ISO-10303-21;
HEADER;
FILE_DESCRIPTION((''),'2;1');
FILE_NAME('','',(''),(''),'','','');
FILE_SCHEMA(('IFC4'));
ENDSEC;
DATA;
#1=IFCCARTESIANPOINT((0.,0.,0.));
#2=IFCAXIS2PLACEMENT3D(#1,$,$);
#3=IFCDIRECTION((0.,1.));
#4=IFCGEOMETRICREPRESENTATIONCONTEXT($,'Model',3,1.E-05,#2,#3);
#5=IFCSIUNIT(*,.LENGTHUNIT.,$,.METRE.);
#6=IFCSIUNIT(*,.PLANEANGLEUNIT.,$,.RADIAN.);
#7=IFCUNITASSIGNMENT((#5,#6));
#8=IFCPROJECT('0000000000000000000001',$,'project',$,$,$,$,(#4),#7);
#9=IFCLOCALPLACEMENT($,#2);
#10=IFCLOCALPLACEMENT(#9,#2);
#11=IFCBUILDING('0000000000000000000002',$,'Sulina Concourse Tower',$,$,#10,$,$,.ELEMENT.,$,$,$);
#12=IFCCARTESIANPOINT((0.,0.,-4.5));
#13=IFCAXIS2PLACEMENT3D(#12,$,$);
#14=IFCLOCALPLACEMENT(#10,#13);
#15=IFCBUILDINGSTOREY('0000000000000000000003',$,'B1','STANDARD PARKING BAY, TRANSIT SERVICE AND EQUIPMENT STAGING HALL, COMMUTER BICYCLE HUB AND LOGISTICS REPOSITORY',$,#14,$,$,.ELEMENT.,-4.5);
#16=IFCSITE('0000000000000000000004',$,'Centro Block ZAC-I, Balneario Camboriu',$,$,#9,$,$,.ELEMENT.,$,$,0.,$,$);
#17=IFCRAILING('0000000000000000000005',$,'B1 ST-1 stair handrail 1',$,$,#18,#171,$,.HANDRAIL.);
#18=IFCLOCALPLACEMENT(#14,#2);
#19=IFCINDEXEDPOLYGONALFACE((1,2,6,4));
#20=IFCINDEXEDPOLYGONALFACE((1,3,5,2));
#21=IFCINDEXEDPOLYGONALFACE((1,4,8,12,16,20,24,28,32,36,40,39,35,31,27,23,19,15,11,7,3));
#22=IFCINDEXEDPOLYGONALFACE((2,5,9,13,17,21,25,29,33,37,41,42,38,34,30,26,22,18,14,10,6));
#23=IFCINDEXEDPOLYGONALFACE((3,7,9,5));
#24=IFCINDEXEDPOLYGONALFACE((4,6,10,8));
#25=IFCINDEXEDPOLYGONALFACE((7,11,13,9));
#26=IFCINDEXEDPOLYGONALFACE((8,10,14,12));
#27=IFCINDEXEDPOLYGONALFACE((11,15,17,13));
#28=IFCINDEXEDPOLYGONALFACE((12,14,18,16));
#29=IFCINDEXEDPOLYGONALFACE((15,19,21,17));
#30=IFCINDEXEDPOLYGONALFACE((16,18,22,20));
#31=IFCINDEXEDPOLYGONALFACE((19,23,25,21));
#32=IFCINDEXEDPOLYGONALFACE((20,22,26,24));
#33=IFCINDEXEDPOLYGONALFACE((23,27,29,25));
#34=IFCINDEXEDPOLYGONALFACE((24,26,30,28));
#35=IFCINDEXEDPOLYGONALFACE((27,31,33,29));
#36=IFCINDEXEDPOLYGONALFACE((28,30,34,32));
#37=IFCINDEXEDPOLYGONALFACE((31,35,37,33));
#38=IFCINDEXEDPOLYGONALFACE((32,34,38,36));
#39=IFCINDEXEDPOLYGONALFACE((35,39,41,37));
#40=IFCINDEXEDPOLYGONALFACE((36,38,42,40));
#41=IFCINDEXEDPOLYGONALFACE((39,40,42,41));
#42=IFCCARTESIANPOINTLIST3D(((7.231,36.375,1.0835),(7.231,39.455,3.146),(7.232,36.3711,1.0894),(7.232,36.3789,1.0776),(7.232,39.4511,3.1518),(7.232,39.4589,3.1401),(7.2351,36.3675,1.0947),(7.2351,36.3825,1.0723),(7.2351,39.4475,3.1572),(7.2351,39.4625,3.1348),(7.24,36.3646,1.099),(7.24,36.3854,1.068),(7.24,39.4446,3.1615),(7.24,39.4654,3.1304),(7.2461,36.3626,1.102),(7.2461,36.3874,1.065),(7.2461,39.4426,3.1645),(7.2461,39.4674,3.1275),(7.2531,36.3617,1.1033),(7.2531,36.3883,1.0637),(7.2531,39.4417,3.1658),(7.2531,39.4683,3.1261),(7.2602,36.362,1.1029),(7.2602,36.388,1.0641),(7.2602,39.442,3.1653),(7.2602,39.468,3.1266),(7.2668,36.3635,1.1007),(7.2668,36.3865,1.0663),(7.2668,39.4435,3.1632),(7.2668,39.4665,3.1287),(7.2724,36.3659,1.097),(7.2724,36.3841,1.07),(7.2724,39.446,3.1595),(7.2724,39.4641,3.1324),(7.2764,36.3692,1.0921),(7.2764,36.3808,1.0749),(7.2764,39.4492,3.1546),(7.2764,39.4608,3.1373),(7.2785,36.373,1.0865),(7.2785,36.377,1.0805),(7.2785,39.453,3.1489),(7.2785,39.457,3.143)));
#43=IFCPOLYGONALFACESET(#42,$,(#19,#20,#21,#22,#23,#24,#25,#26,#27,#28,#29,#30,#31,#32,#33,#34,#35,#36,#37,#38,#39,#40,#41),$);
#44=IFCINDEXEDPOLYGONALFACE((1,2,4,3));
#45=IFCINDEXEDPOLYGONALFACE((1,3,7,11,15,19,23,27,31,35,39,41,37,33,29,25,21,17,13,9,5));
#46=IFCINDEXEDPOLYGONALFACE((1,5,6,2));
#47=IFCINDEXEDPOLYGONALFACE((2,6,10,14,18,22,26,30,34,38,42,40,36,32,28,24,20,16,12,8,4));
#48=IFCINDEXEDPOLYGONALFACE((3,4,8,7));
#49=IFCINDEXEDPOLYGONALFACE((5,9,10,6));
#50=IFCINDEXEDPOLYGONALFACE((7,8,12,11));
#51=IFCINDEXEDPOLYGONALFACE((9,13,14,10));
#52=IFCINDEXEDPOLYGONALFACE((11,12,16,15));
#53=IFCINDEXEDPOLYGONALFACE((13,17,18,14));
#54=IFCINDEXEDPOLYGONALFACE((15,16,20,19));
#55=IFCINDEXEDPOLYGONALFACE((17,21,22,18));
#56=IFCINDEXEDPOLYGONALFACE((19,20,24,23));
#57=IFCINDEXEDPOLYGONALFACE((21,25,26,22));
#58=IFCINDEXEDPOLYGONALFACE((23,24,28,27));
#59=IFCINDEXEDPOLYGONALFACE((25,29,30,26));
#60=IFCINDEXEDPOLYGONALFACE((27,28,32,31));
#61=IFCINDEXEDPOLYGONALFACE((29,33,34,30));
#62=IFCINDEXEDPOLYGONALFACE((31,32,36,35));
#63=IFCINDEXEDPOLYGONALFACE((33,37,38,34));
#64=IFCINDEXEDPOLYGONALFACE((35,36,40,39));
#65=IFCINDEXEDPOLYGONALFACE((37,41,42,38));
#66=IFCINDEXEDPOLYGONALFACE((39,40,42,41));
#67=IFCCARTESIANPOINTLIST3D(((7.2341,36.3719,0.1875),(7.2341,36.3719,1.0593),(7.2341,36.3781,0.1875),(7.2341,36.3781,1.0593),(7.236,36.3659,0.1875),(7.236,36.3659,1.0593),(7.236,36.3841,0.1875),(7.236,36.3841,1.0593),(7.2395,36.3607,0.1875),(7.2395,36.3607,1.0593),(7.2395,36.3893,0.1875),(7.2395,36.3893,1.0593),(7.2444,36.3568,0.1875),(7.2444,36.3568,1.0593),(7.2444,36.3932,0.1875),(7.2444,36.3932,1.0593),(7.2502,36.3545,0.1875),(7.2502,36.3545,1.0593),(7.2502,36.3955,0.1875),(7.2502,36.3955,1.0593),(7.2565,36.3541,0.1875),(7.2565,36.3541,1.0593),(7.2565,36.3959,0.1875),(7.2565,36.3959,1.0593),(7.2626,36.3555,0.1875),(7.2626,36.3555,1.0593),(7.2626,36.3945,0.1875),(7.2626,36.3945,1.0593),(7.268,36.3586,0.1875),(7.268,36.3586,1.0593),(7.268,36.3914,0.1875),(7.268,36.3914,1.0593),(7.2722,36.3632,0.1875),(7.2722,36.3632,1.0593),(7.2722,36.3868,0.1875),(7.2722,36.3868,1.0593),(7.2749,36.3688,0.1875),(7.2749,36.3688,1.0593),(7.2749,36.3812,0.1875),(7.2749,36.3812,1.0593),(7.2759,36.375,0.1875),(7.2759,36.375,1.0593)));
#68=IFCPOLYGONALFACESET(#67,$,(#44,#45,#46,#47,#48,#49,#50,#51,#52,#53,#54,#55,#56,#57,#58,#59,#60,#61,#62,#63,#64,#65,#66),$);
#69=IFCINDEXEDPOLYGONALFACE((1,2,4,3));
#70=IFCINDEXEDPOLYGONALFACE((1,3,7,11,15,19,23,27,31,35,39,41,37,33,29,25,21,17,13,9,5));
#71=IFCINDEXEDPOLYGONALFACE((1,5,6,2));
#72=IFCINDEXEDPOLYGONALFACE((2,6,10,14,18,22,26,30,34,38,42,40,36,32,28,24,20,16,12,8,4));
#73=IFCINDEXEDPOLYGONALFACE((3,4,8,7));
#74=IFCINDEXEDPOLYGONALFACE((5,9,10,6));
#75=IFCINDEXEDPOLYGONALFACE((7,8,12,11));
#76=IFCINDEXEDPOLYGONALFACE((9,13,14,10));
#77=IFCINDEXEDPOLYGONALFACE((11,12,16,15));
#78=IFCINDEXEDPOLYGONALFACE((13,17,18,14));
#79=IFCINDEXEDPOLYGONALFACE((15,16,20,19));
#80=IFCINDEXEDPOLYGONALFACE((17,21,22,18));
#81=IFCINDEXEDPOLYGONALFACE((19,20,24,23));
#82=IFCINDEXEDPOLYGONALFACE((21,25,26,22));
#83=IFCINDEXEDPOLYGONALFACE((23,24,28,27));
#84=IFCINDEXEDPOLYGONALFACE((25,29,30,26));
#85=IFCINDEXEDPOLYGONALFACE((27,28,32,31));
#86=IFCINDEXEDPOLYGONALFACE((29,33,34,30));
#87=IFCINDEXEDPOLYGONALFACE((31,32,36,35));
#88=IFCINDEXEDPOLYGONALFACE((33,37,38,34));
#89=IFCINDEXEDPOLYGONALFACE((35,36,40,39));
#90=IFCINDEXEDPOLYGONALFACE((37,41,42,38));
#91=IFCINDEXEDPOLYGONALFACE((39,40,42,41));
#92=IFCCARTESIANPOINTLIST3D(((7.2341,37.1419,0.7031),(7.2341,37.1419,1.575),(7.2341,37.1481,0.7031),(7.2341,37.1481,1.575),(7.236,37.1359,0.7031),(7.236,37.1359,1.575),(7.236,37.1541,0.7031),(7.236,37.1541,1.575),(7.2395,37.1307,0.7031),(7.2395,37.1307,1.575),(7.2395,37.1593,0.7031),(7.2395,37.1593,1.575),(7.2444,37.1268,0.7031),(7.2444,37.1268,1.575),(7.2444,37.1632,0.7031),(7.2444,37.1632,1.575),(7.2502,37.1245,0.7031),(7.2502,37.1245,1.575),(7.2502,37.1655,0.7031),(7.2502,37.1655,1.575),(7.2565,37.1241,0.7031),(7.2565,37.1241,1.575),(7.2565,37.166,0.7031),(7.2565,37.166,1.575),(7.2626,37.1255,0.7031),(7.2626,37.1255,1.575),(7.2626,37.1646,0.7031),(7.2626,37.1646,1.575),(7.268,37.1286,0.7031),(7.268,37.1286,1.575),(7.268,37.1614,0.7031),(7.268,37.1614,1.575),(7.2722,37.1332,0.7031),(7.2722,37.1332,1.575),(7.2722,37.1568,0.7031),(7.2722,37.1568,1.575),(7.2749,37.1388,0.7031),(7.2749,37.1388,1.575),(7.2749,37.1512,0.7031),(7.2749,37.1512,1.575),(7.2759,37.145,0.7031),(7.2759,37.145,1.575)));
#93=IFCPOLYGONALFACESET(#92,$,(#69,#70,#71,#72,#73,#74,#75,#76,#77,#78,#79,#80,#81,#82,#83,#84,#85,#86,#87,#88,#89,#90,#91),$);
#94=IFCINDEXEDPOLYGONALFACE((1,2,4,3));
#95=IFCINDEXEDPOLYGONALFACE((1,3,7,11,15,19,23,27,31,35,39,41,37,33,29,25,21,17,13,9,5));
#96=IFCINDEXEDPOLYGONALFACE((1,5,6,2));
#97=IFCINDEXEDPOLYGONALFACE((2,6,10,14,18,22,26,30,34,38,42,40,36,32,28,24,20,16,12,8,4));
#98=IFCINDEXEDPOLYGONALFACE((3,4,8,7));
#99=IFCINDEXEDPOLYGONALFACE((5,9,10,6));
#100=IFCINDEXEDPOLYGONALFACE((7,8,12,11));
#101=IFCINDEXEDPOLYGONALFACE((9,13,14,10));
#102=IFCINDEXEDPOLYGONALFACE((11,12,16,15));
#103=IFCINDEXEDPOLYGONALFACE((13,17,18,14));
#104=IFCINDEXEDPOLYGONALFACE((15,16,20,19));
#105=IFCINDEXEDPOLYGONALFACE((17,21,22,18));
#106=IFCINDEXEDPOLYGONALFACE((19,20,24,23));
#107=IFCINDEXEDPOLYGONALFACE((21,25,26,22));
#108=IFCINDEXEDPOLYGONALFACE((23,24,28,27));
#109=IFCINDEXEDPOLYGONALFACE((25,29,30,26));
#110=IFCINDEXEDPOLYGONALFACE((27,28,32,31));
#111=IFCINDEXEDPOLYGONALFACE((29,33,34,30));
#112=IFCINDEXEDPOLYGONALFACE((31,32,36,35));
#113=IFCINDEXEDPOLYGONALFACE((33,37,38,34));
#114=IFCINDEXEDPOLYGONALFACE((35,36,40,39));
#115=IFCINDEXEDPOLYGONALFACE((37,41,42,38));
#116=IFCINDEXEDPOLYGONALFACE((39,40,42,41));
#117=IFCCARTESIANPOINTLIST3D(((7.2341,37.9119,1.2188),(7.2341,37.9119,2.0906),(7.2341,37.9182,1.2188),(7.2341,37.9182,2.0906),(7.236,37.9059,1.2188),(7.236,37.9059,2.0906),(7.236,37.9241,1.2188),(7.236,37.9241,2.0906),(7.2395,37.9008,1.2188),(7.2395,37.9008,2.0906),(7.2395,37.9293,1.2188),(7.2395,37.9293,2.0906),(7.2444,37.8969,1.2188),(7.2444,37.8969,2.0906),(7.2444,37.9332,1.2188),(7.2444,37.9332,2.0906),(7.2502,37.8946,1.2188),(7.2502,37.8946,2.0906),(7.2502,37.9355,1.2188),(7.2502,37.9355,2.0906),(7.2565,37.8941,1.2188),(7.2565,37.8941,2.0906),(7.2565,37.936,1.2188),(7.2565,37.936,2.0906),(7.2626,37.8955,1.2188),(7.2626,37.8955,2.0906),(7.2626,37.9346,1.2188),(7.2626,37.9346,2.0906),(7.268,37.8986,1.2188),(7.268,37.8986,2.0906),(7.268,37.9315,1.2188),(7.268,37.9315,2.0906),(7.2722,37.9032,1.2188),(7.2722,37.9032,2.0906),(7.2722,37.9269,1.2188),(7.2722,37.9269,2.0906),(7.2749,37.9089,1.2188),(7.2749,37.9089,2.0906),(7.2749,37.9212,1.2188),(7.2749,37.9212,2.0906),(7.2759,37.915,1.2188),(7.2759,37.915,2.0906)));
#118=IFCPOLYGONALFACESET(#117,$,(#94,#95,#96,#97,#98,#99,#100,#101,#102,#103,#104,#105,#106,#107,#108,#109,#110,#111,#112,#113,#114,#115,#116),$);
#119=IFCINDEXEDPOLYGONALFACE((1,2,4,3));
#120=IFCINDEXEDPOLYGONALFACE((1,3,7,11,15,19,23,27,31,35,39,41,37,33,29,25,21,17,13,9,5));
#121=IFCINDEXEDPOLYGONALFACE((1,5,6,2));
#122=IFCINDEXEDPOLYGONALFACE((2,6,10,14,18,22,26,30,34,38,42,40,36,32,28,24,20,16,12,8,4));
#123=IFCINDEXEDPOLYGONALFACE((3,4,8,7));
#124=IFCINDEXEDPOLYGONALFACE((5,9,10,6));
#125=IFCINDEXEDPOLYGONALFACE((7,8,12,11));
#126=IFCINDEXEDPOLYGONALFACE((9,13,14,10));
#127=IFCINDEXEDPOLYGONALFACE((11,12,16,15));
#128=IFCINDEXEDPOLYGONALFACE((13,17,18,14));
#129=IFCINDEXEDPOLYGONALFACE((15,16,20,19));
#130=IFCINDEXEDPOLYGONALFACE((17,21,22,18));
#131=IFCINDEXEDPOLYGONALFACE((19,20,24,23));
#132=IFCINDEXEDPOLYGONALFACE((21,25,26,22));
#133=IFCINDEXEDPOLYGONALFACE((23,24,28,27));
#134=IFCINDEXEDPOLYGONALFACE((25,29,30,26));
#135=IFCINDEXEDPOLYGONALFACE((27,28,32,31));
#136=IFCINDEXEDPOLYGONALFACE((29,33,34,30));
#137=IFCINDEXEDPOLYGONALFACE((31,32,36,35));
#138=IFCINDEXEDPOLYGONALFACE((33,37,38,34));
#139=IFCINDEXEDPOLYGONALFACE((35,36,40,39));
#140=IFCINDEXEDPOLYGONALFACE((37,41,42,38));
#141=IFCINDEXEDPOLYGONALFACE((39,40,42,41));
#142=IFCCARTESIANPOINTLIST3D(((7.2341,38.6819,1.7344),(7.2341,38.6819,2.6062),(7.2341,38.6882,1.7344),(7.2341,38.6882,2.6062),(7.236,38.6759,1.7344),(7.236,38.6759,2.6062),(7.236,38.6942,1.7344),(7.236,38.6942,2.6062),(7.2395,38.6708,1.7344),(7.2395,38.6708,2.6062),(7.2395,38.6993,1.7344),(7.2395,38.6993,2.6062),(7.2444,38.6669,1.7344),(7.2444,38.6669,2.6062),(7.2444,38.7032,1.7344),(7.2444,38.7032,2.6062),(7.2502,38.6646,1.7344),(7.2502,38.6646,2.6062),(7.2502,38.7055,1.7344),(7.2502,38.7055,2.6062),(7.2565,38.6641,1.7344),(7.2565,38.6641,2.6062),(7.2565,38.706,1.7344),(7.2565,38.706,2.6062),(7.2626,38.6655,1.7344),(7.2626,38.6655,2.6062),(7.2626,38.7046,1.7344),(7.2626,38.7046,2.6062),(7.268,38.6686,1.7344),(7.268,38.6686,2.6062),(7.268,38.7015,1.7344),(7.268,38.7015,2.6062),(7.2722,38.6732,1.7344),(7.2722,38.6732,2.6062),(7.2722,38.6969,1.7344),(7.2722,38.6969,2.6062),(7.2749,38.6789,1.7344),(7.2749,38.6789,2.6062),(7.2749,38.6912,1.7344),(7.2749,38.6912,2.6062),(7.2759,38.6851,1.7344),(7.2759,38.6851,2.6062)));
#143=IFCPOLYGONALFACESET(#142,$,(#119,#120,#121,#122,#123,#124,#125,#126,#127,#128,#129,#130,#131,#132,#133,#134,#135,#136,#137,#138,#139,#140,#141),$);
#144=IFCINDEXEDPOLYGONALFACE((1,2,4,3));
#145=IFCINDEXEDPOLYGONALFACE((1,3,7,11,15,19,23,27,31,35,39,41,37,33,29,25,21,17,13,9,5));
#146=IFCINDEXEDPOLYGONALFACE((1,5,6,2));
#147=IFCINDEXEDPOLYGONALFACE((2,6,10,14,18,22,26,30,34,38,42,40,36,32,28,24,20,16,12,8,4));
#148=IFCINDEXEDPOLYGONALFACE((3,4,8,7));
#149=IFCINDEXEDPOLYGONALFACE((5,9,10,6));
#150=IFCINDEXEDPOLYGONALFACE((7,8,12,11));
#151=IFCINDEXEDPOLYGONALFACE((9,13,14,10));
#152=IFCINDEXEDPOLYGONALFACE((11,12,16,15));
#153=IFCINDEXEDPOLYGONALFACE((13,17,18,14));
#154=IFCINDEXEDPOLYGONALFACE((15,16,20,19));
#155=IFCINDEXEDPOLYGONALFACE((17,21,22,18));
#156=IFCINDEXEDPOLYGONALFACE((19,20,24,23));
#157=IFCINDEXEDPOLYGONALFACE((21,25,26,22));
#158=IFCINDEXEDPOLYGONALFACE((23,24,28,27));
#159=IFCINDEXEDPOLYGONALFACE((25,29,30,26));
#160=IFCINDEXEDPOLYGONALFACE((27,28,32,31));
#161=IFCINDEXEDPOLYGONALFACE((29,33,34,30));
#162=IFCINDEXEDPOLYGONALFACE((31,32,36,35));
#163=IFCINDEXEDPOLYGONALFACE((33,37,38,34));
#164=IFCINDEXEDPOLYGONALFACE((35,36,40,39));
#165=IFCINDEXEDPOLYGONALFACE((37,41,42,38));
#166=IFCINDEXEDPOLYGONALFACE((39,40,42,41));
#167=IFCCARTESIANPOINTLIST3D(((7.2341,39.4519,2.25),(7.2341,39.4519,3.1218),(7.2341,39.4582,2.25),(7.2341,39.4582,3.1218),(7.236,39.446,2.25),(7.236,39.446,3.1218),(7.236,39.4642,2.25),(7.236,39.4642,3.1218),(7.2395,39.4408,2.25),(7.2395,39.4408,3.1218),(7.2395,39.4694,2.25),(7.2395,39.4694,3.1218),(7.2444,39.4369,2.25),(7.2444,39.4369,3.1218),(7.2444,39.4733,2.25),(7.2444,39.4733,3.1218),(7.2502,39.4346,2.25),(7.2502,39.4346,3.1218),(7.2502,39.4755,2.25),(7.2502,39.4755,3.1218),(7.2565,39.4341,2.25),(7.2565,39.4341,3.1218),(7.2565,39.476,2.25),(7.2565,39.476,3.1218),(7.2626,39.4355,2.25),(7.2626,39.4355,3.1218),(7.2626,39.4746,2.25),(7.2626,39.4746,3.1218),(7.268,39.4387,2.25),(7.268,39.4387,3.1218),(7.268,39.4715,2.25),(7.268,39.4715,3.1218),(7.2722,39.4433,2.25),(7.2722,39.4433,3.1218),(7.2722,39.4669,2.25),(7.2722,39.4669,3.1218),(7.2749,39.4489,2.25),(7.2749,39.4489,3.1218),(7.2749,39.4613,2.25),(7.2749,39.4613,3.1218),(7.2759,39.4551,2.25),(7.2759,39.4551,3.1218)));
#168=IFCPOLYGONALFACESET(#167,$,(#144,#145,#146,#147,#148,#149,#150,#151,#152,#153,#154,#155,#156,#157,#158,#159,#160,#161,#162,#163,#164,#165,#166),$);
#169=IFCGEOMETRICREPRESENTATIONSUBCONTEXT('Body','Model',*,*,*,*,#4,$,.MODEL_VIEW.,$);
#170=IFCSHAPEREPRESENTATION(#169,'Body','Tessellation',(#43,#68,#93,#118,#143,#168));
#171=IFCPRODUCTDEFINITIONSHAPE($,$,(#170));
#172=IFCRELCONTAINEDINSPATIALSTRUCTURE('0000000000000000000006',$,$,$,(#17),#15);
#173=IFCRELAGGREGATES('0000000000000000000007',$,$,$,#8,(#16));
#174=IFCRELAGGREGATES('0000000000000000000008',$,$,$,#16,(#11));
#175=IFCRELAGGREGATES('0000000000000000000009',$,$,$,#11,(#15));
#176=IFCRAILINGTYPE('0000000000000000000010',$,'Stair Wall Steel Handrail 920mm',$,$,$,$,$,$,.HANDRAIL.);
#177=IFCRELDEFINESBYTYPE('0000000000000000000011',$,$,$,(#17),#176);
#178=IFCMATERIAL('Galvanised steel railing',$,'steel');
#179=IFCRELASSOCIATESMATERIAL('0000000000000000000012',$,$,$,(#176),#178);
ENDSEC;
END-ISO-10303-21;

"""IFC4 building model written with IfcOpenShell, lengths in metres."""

from ifc_helpers import new_model, si_unit, direction, frame, origin, origin_2d, place, context, subcontext, project, spatial, circle, extrude, material, type_object, element, save


model = new_model("IFC4")

# Units and contexts
model_context = context("Model", 3, precision=1e-05, world=origin(), true_north=direction((0.0, 1.0)))
body_context = subcontext(model_context, "Body", "Model", "MODEL_VIEW")
ifc_project = project(units=[si_unit("LENGTHUNIT", "METRE"), si_unit("PLANEANGLEUNIT", "RADIAN")], contexts=[model_context])

# Site, building, storey
site_placement = place(None, origin())
site = spatial("IfcSite", under=ifc_project, at=site_placement, Name="Centro Block ZAC-I, Balneario Camboriu", CompositionType="ELEMENT", RefElevation=0.0)
building_placement = place(site_placement, origin())
building = spatial("IfcBuilding", under=site, at=building_placement, Name="Sulina Concourse Tower", CompositionType="ELEMENT")
storey_placement = place(building_placement, frame((0.0, 0.0, -4.5)))
storey = spatial("IfcBuildingStorey", under=building, at=storey_placement, Name="B1", Description="STANDARD PARKING BAY, TRANSIT SERVICE AND EQUIPMENT STAGING HALL, COMMUTER BICYCLE HUB AND LOGISTICS REPOSITORY", CompositionType="ELEMENT", Elevation=-4.5)

# Railing
ifc_material_1 = material(Name="Galvanised steel railing", Category="steel")
railing_type_1 = type_object("IfcRailingType", Name="Stair Wall Steel Handrail 920mm", PredefinedType="HANDRAIL", material=ifc_material_1)
railing_1_placement = place(storey_placement, frame((7.2549, 36.375, 0.1875)))
element("IfcRailing", 1, at=railing_1_placement, inside=storey, type_object=railing_type_1, Name="B1 ST-1 stair handrail 1", PredefinedType="HANDRAIL", context=body_context, shape_type="SweptSolid", body=[
    extrude(circle(Radius=0.0239, at=origin_2d()), frame((0.0, 0.0, 0.896), z_axis=(0.0, 0.830914, 0.556401), x_axis=(-1.0, 0.0, 0.0)), (0.0, 0.0, 1.0), 3.7068),
    extrude(circle(Radius=0.021, at=origin_2d()), origin(), (0.0, 0.0, 1.0), 0.8718),
    extrude(circle(Radius=0.021, at=origin_2d()), frame((0.0, 0.77, 0.5156)), (0.0, 0.0, 1.0), 0.8718),
    extrude(circle(Radius=0.021, at=origin_2d()), frame((0.0, 1.54, 1.0312)), (0.0, 0.0, 1.0), 0.8718),
    extrude(circle(Radius=0.021, at=origin_2d()), frame((0.0, 2.3101, 1.5469)), (0.0, 0.0, 1.0), 0.8718),
    extrude(circle(Radius=0.021, at=origin_2d()), frame((0.0, 3.0801, 2.0625)), (0.0, 0.0, 1.0), 0.8718),
])

save(model, "model.ifc")
